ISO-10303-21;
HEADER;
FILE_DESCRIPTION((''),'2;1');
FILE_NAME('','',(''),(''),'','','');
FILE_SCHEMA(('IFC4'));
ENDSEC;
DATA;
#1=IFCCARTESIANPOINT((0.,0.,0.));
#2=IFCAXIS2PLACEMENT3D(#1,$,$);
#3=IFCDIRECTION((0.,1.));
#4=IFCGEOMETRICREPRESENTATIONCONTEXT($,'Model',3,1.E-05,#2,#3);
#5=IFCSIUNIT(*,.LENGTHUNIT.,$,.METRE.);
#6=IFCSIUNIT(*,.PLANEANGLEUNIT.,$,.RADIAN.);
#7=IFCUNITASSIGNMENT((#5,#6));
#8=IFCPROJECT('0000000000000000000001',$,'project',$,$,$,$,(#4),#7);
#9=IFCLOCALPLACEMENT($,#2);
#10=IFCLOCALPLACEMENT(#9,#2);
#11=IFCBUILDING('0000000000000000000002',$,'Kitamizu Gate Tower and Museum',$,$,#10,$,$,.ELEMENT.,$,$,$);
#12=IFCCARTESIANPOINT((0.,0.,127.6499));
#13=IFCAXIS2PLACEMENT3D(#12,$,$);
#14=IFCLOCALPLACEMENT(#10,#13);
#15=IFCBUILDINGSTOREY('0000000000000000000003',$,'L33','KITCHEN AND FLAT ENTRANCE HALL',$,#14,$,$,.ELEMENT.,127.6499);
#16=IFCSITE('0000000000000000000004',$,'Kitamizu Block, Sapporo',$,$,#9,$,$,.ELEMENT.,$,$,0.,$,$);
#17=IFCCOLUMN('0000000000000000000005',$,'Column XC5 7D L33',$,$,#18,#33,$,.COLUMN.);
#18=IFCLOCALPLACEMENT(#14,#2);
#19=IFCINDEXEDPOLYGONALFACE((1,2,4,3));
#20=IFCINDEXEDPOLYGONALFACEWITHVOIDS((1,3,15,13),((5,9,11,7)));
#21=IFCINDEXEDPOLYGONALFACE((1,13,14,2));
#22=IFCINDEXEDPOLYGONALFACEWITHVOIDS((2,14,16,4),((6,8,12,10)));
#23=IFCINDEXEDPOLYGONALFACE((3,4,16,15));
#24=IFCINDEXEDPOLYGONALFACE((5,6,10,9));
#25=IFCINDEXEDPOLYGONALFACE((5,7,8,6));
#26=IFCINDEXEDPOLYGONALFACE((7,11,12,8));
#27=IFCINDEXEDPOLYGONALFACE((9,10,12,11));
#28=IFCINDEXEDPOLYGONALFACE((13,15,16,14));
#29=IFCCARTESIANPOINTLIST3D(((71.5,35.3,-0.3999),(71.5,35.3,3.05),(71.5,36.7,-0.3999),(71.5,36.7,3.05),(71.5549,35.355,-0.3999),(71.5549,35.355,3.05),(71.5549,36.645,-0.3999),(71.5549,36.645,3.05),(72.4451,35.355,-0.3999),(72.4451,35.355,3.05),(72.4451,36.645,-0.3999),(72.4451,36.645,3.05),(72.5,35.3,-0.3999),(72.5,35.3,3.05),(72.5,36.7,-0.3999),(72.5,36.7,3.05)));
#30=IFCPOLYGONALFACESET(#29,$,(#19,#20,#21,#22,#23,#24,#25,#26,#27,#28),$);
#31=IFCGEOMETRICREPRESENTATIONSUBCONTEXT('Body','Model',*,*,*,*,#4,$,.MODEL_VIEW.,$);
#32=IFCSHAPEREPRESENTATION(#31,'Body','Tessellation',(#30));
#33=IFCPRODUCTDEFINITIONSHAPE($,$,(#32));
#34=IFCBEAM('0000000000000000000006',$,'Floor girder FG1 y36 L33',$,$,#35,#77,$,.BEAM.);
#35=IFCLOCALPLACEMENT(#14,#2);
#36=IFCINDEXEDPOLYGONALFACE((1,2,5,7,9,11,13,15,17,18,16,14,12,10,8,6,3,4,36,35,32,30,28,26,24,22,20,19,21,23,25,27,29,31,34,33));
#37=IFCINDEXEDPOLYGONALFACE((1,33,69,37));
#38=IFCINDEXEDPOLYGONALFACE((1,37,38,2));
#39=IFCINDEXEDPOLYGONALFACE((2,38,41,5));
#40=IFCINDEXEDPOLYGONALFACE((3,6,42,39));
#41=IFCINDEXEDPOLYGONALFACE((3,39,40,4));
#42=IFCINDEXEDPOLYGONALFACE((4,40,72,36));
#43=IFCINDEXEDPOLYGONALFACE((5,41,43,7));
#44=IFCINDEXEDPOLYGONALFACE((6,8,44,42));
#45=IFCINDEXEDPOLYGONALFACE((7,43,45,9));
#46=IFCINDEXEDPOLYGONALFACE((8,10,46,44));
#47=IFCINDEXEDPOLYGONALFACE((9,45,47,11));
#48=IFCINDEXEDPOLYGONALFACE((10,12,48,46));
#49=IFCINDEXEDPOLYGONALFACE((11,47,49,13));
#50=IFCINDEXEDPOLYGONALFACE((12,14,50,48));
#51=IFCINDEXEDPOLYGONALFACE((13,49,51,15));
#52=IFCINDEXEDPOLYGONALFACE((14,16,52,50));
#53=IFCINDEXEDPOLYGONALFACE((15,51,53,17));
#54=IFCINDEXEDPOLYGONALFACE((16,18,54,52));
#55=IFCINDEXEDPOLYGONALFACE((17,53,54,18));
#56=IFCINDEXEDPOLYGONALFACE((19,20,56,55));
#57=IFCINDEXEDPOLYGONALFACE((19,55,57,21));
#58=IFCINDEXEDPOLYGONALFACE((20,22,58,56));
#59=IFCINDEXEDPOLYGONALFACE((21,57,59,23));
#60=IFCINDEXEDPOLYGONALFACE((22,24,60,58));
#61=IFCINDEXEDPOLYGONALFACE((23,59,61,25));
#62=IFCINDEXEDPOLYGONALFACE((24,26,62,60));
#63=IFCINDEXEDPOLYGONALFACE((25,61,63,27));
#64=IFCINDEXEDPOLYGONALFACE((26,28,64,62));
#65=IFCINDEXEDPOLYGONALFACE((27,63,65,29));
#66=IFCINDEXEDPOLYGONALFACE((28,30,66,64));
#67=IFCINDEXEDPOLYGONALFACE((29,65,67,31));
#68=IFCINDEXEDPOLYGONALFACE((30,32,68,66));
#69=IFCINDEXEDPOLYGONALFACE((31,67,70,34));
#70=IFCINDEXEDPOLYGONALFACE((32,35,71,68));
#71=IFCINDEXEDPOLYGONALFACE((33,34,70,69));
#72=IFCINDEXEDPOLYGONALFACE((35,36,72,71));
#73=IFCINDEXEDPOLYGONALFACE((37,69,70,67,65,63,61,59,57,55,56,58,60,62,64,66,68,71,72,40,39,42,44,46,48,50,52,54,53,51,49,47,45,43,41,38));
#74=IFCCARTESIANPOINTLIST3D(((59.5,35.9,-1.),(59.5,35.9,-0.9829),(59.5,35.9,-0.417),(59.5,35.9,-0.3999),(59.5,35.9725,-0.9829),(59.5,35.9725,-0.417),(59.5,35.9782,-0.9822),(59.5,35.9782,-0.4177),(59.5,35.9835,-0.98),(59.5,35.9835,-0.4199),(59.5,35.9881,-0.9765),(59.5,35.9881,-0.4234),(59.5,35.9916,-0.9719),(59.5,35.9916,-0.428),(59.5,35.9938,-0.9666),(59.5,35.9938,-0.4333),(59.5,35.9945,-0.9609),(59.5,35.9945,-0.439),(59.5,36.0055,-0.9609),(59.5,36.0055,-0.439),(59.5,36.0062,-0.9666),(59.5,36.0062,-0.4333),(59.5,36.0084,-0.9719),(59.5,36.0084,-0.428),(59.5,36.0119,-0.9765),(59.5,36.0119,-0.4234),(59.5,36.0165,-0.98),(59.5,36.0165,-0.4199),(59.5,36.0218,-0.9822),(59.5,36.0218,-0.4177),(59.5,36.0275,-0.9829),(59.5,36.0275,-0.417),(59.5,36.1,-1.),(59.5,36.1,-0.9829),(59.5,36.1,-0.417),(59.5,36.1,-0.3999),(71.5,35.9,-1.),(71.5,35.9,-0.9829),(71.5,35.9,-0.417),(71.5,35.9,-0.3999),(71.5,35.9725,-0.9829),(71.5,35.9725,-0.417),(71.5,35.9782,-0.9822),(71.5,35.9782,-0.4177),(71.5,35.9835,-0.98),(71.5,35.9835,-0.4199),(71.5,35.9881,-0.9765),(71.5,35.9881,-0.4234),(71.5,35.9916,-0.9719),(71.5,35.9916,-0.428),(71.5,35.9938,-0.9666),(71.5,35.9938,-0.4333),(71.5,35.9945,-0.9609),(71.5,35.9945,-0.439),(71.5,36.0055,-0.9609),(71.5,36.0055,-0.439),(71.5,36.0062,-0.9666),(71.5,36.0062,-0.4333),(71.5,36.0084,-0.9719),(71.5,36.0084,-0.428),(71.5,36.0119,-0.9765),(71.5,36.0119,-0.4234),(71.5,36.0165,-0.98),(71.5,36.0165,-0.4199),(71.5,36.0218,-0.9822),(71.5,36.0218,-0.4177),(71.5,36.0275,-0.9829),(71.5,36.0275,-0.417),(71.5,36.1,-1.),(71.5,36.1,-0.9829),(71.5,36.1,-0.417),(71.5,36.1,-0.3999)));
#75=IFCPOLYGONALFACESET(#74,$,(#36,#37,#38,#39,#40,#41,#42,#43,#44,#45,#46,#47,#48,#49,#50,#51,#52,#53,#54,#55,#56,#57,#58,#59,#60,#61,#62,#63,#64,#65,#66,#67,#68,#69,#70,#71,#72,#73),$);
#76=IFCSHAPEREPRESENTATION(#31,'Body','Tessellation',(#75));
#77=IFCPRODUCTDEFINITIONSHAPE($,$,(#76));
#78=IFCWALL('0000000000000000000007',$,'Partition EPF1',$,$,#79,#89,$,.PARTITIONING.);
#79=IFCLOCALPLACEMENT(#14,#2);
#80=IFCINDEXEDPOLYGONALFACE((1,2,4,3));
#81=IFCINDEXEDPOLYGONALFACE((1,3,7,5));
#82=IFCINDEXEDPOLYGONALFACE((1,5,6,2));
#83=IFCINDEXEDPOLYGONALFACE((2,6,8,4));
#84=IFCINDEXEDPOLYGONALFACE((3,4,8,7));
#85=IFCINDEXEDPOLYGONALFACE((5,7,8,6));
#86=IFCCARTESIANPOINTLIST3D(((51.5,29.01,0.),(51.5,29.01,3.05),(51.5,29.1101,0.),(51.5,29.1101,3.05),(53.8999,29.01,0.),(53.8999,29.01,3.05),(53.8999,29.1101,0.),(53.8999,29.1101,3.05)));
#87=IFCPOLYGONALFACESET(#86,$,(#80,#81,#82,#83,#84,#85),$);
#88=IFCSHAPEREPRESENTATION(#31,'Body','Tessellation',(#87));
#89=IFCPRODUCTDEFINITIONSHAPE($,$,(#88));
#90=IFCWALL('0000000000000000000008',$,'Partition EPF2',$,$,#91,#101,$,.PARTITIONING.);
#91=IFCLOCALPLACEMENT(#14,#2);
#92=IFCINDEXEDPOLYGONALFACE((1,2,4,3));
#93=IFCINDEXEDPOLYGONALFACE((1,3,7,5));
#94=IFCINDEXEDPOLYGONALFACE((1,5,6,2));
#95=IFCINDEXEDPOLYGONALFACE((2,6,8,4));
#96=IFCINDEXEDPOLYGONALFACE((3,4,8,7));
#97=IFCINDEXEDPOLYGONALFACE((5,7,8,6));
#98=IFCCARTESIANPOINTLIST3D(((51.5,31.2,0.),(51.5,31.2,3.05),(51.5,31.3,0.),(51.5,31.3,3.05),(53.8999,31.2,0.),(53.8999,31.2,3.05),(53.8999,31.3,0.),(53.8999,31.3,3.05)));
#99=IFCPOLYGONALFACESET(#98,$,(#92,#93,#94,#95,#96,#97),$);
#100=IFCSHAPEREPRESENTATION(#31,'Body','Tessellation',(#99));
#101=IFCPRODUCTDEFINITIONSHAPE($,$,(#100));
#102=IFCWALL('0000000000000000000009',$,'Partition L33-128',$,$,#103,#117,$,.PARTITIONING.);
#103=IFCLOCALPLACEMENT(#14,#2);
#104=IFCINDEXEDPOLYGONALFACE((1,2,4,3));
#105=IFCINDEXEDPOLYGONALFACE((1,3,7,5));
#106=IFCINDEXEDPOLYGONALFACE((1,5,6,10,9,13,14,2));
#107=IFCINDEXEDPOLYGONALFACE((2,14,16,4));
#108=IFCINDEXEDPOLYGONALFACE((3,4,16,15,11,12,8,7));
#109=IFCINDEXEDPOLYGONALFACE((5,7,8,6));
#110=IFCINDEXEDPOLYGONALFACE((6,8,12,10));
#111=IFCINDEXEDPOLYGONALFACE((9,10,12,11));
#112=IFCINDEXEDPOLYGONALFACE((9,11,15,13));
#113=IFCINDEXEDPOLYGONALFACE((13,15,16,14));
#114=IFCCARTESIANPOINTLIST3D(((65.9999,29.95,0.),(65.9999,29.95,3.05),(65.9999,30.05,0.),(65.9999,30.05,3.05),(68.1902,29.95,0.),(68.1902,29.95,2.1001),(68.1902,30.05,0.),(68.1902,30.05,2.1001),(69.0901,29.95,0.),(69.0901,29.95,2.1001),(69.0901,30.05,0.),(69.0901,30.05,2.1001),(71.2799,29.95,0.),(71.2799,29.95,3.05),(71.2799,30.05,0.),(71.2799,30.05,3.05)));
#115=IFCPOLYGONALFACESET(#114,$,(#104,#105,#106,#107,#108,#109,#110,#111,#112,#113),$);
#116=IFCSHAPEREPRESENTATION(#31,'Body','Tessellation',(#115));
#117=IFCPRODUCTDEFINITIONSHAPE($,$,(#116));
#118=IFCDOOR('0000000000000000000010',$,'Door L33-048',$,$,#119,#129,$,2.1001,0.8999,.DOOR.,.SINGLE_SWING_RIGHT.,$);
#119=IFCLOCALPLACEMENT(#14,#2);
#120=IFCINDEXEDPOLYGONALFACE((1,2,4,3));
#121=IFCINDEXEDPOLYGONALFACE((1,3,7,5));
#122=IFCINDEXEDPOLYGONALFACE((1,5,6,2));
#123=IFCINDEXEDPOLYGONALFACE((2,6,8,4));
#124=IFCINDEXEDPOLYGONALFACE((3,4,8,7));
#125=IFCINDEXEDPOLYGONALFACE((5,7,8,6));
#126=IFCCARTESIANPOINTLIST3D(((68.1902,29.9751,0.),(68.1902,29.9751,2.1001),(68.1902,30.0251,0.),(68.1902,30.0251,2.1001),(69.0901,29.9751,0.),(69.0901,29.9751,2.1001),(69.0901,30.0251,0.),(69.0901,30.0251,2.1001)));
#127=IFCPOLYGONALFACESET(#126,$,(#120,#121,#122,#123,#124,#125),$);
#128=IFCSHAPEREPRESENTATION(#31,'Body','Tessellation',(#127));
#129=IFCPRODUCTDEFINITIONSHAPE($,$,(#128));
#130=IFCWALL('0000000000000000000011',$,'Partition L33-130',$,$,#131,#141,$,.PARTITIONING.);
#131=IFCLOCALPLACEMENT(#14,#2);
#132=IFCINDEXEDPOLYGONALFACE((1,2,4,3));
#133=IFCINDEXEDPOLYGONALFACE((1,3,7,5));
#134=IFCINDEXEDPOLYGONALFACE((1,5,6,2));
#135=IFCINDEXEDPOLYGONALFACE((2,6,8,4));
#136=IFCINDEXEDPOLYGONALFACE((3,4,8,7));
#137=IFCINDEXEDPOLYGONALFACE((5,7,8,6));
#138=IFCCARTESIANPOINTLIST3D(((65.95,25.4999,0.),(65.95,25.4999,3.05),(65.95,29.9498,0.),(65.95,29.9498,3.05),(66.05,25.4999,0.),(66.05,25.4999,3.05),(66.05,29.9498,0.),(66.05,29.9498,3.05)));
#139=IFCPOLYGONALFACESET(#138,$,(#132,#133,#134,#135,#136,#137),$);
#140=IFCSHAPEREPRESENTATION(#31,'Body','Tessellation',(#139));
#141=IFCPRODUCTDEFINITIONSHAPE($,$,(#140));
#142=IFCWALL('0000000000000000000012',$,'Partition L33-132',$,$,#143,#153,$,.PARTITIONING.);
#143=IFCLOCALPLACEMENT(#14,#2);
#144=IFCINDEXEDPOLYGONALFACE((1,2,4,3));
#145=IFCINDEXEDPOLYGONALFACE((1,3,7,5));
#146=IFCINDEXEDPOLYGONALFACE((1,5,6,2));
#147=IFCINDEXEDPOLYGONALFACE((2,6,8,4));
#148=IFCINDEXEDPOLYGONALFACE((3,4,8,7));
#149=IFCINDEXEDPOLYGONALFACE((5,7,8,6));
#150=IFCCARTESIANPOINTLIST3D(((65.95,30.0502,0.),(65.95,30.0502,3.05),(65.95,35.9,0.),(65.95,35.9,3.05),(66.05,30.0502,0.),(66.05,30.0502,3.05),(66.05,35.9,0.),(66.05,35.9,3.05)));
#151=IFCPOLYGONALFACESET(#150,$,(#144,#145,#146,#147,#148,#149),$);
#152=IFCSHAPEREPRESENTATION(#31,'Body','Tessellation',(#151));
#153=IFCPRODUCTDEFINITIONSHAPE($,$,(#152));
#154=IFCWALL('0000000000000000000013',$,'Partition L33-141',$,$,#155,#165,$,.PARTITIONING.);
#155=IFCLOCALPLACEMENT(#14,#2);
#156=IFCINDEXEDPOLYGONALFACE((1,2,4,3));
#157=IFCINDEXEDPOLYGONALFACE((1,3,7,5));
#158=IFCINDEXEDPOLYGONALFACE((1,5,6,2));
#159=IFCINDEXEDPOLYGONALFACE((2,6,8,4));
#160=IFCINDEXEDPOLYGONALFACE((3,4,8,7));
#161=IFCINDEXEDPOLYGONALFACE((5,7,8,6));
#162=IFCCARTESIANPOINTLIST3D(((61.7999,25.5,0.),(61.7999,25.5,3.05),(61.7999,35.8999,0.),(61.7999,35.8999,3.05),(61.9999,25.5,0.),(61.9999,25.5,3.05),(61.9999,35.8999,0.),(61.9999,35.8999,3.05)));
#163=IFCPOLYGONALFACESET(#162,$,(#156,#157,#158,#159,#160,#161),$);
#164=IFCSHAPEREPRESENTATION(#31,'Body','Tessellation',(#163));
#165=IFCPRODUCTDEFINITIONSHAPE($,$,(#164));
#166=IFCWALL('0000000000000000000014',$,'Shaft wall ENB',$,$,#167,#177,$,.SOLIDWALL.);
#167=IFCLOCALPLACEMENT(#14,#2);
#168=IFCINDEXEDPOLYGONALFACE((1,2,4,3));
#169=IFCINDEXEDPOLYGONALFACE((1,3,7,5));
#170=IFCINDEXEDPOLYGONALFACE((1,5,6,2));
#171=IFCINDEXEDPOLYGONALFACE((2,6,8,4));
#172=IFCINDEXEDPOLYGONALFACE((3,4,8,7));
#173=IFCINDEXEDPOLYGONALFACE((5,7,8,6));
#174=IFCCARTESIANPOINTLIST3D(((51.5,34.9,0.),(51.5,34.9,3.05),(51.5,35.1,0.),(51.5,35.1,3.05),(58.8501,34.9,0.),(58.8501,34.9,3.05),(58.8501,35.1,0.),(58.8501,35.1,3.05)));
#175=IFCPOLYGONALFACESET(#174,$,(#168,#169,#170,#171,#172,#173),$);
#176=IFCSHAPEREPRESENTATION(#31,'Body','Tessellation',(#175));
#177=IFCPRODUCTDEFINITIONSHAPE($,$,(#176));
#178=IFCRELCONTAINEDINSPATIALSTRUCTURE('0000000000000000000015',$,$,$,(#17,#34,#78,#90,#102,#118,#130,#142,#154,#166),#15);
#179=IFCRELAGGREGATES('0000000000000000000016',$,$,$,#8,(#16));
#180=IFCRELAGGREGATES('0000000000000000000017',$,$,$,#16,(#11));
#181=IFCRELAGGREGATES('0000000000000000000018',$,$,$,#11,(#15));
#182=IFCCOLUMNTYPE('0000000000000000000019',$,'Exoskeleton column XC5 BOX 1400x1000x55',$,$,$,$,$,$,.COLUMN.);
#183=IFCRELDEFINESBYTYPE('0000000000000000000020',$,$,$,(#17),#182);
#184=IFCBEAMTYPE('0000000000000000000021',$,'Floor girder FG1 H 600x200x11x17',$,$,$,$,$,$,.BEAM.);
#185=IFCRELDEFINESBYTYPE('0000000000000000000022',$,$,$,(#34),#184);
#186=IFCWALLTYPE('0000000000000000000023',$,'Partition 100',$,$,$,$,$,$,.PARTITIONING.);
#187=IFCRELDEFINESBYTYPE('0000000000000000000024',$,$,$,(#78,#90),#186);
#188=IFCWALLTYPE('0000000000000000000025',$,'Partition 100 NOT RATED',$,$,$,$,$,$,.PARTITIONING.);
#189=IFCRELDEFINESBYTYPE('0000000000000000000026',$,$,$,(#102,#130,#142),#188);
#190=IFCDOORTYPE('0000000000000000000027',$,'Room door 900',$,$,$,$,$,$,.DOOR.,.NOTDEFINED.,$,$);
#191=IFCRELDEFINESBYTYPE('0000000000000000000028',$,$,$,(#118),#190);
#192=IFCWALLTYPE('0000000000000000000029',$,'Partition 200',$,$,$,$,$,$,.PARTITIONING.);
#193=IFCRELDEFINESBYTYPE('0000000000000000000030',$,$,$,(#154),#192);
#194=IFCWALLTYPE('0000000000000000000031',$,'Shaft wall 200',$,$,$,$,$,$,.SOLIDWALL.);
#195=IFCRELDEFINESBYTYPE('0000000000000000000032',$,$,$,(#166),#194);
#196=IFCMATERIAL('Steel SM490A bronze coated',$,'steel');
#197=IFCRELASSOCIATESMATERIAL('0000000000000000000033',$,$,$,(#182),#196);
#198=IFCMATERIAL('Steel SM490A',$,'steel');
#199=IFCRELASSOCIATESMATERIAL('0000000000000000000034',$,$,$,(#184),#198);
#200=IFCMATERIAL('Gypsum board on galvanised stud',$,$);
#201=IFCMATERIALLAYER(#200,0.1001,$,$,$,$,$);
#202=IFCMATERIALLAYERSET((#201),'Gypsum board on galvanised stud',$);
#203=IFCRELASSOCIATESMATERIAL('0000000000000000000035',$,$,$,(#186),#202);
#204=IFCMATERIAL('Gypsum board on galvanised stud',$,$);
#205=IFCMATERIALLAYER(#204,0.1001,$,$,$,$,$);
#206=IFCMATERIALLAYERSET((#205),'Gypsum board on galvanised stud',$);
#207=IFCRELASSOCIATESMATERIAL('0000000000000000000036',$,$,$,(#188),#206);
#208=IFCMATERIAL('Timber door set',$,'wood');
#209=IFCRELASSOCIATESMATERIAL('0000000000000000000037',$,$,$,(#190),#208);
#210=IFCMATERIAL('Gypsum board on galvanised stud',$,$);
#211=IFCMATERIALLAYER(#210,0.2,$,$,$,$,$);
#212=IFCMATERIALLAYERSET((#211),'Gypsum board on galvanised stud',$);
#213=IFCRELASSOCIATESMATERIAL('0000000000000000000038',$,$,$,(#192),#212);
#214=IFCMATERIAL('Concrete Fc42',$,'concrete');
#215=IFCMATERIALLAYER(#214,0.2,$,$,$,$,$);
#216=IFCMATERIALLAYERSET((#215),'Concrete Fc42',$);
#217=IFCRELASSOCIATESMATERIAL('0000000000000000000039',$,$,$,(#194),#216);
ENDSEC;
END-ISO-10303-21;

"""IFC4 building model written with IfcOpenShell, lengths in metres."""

from ifc_helpers import new_model, si_unit, direction, frame, frame_2d, origin, origin_2d, place, context, subcontext, project, spatial, rectangle, hollow_rectangle, i_section, extrude, material, layer, layer_set, material_profile, profile_set, type_object, element, fill, save


model = new_model("IFC4")

# Units and contexts
model_context = context("Model", 3, precision=1e-05, world=origin(), true_north=direction((0.0, 1.0)))
body_context = subcontext(model_context, "Body", "Model", "MODEL_VIEW")
ifc_project = project(units=[si_unit("LENGTHUNIT", "METRE"), si_unit("PLANEANGLEUNIT", "RADIAN")], contexts=[model_context])

# Site, building, storey
site_placement = place(None, origin())
site = spatial("IfcSite", under=ifc_project, at=site_placement, Name="Kitamizu Block, Sapporo", CompositionType="ELEMENT", RefElevation=0.0)
building_placement = place(site_placement, origin())
building = spatial("IfcBuilding", under=site, at=building_placement, Name="Kitamizu Gate Tower and Museum", CompositionType="ELEMENT")
storey_placement = place(building_placement, frame((0.0, 0.0, 127.6499)))
storey = spatial("IfcBuildingStorey", under=building, at=storey_placement, Name="L33", Description="KITCHEN AND FLAT ENTRANCE HALL", CompositionType="ELEMENT", Elevation=127.6499)

# Column
ifc_material_1 = material(Name="Steel SM490A bronze coated", Category="steel")
ifc_material_profile_1 = material_profile(ifc_material_1, hollow_rectangle(XDim=1.3999, YDim=1.0, WallThickness=0.0549, at=origin_2d()), Name="BOX 1400x1000x55")
ifc_profile_set_1 = profile_set([ifc_material_profile_1], Name="Steel SM490A bronze coated")
column_type = type_object("IfcColumnType", Name="Exoskeleton column XC5 BOX 1400x1000x55", PredefinedType="COLUMN", material=ifc_profile_set_1)
column_placement = place(storey_placement, frame((72.0, 36.0, -0.3999), z_axis=(0.0, 0.0, 1.0), x_axis=(0.0, 1.0, 0.0)))
element("IfcColumn", 1, at=column_placement, inside=storey, type_object=column_type, Name="Column XC5 7D L33", PredefinedType="COLUMN", context=body_context, shape_type="SweptSolid", body=[
    extrude(hollow_rectangle(XDim=1.3999, YDim=1.0, WallThickness=0.0549, at=origin_2d()), origin(), (0.0, 0.0, 1.0), 3.45),
])

# Beam
ifc_material_2 = material(Name="Steel SM490A", Category="steel")
ifc_material_profile_2 = material_profile(ifc_material_2, i_section(OverallWidth=0.2, OverallDepth=0.6001, WebThickness=0.011, FlangeThickness=0.0171, FilletRadius=0.022, at=origin_2d()), Name="H-600x200x11x17")
ifc_profile_set_2 = profile_set([ifc_material_profile_2], Name="Steel SM490A")
beam_type = type_object("IfcBeamType", Name="Floor girder FG1 H 600x200x11x17", PredefinedType="BEAM", material=ifc_profile_set_2)
beam_placement = place(storey_placement, frame((59.5, 36.0, -0.7), z_axis=(1.0, 0.0, 0.0), x_axis=(0.0, 1.0, 0.0)))
element("IfcBeam", 2, at=beam_placement, inside=storey, type_object=beam_type, Name="Floor girder FG1 y36 L33", PredefinedType="BEAM", context=body_context, shape_type="SweptSolid", body=[
    extrude(i_section(OverallWidth=0.2, OverallDepth=0.6001, WebThickness=0.011, FlangeThickness=0.0171, FilletRadius=0.022, at=origin_2d()), origin(), (0.0, 0.0, 1.0), 12.0),
])

# Walls
ifc_material_3 = material(Name="Gypsum board on galvanised stud")
ifc_layer_1 = layer(ifc_material_3, 0.1001)
ifc_layer_set_1 = layer_set([ifc_layer_1], Name="Gypsum board on galvanised stud")
wall_type_1 = type_object("IfcWallType", Name="Partition 100", PredefinedType="PARTITIONING", material=ifc_layer_set_1)
for number, where, z_axis, x_axis, name in (
    (3, (53.8999, 29.0601, 0.0), (0.0, 0.0, 1.0), (-1.0, 0.0, 0.0), "Partition EPF1"),
    (4, (53.8999, 31.25, 0.0), (0.0, 0.0, 1.0), (-1.0, 0.0, 0.0), "Partition EPF2"),
):
    element("IfcWall", number, at=place(storey_placement, frame(where, z_axis=z_axis, x_axis=x_axis)), inside=storey, type_object=wall_type_1, Name=name, PredefinedType="PARTITIONING", context=body_context, shape_type="SweptSolid", body=[
        extrude(rectangle(XDim=2.3999, YDim=0.1001, at=frame_2d((1.2, 0.0))), origin(), (0.0, 0.0, 1.0), 3.05),
    ])

# Wall, opening, door
ifc_material_4 = material(Name="Gypsum board on galvanised stud")
ifc_layer_2 = layer(ifc_material_4, 0.1001)
ifc_layer_set_2 = layer_set([ifc_layer_2], Name="Gypsum board on galvanised stud")
wall_type_2 = type_object("IfcWallType", Name="Partition 100 NOT RATED", PredefinedType="PARTITIONING", material=ifc_layer_set_2)
wall_1_placement = place(storey_placement, frame((71.28, 30.0, 0.0), z_axis=(0.0, 0.0, 1.0), x_axis=(-1.0, 0.0, 0.0)))
wall_1 = element("IfcWall", 5, at=wall_1_placement, inside=storey, type_object=wall_type_2, Name="Partition L33-128", PredefinedType="PARTITIONING", context=body_context, shape_type="SweptSolid", body=[
    extrude(rectangle(XDim=5.28, YDim=0.1001, at=frame_2d((2.6401, 0.0))), origin(), (0.0, 0.0, 1.0), 3.05),
])
opening_1_placement = place(wall_1_placement, frame((2.1899, 0.0, 0.0)))
opening_1 = element("IfcOpeningElement", 6, at=opening_1_placement, cuts=wall_1, PredefinedType="OPENING", context=body_context, shape_type="SweptSolid", body=[
    extrude(rectangle(XDim=0.8999, YDim=2.1001, at=frame_2d((0.45, 1.05))), frame((0.0, 0.0601, 0.0), z_axis=(0.0, -1.0, 0.0), x_axis=(1.0, 0.0, 0.0)), (0.0, 0.0, 1.0), 0.1201),
])
ifc_material_5 = material(Name="Timber door set", Category="wood")
door_type_1 = type_object("IfcDoorType", Name="Room door 900", OperationType="NOTDEFINED", PredefinedType="DOOR", material=ifc_material_5)
door_1_placement = place(opening_1_placement, origin())
door_1 = element("IfcDoor", 7, at=door_1_placement, inside=storey, type_object=door_type_1, Name="Door L33-048", OperationType="SINGLE_SWING_RIGHT", OverallHeight=2.1001, OverallWidth=0.8999, PredefinedType="DOOR", context=body_context, shape_type="SweptSolid", body=[
    extrude(rectangle(XDim=0.8999, YDim=2.1001, at=frame_2d((0.45, 1.05))), frame((0.0, 0.0249, 0.0), z_axis=(0.0, -1.0, 0.0), x_axis=(1.0, 0.0, 0.0)), (0.0, 0.0, 1.0), 0.05),
])
fill(opening_1, door_1)

# Walls
wall_2_placement = place(storey_placement, frame((66.0, 29.95, 0.0), z_axis=(0.0, 0.0, 1.0), x_axis=(0.0, -1.0, 0.0)))
element("IfcWall", 8, at=wall_2_placement, inside=storey, type_object=wall_type_2, Name="Partition L33-130", PredefinedType="PARTITIONING", context=body_context, shape_type="SweptSolid", body=[
    extrude(rectangle(XDim=4.45, YDim=0.1001, at=frame_2d((2.2251, 0.0))), origin(), (0.0, 0.0, 1.0), 3.05),
])
wall_3_placement = place(storey_placement, frame((66.0, 35.8999, 0.0), z_axis=(0.0, 0.0, 1.0), x_axis=(0.0, -1.0, 0.0)))
element("IfcWall", 9, at=wall_3_placement, inside=storey, type_object=wall_type_2, Name="Partition L33-132", PredefinedType="PARTITIONING", context=body_context, shape_type="SweptSolid", body=[
    extrude(rectangle(XDim=5.8499, YDim=0.1001, at=frame_2d((2.9248, 0.0))), origin(), (0.0, 0.0, 1.0), 3.05),
])
ifc_material_6 = material(Name="Gypsum board on galvanised stud")
ifc_layer_3 = layer(ifc_material_6, 0.2)
ifc_layer_set_3 = layer_set([ifc_layer_3], Name="Gypsum board on galvanised stud")
wall_type_3 = type_object("IfcWallType", Name="Partition 200", PredefinedType="PARTITIONING", material=ifc_layer_set_3)
wall_4_placement = place(storey_placement, frame((61.8999, 35.8999, 0.0), z_axis=(0.0, 0.0, 1.0), x_axis=(0.0, -1.0, 0.0)))
element("IfcWall", 10, at=wall_4_placement, inside=storey, type_object=wall_type_3, Name="Partition L33-141", PredefinedType="PARTITIONING", context=body_context, shape_type="SweptSolid", body=[
    extrude(rectangle(XDim=10.3999, YDim=0.2, at=frame_2d((5.2, 0.0))), origin(), (0.0, 0.0, 1.0), 3.05),
])
ifc_material_7 = material(Name="Concrete Fc42", Category="concrete")
ifc_layer_4 = layer(ifc_material_7, 0.2)
ifc_layer_set_4 = layer_set([ifc_layer_4], Name="Concrete Fc42")
wall_type_4 = type_object("IfcWallType", Name="Shaft wall 200", PredefinedType="SOLIDWALL", material=ifc_layer_set_4)
wall_5_placement = place(storey_placement, frame((58.8501, 35.0, 0.0), z_axis=(0.0, 0.0, 1.0), x_axis=(-1.0, 0.0, 0.0)))
element("IfcWall", 11, at=wall_5_placement, inside=storey, type_object=wall_type_4, Name="Shaft wall ENB", PredefinedType="SOLIDWALL", context=body_context, shape_type="SweptSolid", body=[
    extrude(rectangle(XDim=7.3501, YDim=0.2, at=frame_2d((3.675, 0.0))), origin(), (0.0, 0.0, 1.0), 3.05),
])

save(model, "model.ifc")
